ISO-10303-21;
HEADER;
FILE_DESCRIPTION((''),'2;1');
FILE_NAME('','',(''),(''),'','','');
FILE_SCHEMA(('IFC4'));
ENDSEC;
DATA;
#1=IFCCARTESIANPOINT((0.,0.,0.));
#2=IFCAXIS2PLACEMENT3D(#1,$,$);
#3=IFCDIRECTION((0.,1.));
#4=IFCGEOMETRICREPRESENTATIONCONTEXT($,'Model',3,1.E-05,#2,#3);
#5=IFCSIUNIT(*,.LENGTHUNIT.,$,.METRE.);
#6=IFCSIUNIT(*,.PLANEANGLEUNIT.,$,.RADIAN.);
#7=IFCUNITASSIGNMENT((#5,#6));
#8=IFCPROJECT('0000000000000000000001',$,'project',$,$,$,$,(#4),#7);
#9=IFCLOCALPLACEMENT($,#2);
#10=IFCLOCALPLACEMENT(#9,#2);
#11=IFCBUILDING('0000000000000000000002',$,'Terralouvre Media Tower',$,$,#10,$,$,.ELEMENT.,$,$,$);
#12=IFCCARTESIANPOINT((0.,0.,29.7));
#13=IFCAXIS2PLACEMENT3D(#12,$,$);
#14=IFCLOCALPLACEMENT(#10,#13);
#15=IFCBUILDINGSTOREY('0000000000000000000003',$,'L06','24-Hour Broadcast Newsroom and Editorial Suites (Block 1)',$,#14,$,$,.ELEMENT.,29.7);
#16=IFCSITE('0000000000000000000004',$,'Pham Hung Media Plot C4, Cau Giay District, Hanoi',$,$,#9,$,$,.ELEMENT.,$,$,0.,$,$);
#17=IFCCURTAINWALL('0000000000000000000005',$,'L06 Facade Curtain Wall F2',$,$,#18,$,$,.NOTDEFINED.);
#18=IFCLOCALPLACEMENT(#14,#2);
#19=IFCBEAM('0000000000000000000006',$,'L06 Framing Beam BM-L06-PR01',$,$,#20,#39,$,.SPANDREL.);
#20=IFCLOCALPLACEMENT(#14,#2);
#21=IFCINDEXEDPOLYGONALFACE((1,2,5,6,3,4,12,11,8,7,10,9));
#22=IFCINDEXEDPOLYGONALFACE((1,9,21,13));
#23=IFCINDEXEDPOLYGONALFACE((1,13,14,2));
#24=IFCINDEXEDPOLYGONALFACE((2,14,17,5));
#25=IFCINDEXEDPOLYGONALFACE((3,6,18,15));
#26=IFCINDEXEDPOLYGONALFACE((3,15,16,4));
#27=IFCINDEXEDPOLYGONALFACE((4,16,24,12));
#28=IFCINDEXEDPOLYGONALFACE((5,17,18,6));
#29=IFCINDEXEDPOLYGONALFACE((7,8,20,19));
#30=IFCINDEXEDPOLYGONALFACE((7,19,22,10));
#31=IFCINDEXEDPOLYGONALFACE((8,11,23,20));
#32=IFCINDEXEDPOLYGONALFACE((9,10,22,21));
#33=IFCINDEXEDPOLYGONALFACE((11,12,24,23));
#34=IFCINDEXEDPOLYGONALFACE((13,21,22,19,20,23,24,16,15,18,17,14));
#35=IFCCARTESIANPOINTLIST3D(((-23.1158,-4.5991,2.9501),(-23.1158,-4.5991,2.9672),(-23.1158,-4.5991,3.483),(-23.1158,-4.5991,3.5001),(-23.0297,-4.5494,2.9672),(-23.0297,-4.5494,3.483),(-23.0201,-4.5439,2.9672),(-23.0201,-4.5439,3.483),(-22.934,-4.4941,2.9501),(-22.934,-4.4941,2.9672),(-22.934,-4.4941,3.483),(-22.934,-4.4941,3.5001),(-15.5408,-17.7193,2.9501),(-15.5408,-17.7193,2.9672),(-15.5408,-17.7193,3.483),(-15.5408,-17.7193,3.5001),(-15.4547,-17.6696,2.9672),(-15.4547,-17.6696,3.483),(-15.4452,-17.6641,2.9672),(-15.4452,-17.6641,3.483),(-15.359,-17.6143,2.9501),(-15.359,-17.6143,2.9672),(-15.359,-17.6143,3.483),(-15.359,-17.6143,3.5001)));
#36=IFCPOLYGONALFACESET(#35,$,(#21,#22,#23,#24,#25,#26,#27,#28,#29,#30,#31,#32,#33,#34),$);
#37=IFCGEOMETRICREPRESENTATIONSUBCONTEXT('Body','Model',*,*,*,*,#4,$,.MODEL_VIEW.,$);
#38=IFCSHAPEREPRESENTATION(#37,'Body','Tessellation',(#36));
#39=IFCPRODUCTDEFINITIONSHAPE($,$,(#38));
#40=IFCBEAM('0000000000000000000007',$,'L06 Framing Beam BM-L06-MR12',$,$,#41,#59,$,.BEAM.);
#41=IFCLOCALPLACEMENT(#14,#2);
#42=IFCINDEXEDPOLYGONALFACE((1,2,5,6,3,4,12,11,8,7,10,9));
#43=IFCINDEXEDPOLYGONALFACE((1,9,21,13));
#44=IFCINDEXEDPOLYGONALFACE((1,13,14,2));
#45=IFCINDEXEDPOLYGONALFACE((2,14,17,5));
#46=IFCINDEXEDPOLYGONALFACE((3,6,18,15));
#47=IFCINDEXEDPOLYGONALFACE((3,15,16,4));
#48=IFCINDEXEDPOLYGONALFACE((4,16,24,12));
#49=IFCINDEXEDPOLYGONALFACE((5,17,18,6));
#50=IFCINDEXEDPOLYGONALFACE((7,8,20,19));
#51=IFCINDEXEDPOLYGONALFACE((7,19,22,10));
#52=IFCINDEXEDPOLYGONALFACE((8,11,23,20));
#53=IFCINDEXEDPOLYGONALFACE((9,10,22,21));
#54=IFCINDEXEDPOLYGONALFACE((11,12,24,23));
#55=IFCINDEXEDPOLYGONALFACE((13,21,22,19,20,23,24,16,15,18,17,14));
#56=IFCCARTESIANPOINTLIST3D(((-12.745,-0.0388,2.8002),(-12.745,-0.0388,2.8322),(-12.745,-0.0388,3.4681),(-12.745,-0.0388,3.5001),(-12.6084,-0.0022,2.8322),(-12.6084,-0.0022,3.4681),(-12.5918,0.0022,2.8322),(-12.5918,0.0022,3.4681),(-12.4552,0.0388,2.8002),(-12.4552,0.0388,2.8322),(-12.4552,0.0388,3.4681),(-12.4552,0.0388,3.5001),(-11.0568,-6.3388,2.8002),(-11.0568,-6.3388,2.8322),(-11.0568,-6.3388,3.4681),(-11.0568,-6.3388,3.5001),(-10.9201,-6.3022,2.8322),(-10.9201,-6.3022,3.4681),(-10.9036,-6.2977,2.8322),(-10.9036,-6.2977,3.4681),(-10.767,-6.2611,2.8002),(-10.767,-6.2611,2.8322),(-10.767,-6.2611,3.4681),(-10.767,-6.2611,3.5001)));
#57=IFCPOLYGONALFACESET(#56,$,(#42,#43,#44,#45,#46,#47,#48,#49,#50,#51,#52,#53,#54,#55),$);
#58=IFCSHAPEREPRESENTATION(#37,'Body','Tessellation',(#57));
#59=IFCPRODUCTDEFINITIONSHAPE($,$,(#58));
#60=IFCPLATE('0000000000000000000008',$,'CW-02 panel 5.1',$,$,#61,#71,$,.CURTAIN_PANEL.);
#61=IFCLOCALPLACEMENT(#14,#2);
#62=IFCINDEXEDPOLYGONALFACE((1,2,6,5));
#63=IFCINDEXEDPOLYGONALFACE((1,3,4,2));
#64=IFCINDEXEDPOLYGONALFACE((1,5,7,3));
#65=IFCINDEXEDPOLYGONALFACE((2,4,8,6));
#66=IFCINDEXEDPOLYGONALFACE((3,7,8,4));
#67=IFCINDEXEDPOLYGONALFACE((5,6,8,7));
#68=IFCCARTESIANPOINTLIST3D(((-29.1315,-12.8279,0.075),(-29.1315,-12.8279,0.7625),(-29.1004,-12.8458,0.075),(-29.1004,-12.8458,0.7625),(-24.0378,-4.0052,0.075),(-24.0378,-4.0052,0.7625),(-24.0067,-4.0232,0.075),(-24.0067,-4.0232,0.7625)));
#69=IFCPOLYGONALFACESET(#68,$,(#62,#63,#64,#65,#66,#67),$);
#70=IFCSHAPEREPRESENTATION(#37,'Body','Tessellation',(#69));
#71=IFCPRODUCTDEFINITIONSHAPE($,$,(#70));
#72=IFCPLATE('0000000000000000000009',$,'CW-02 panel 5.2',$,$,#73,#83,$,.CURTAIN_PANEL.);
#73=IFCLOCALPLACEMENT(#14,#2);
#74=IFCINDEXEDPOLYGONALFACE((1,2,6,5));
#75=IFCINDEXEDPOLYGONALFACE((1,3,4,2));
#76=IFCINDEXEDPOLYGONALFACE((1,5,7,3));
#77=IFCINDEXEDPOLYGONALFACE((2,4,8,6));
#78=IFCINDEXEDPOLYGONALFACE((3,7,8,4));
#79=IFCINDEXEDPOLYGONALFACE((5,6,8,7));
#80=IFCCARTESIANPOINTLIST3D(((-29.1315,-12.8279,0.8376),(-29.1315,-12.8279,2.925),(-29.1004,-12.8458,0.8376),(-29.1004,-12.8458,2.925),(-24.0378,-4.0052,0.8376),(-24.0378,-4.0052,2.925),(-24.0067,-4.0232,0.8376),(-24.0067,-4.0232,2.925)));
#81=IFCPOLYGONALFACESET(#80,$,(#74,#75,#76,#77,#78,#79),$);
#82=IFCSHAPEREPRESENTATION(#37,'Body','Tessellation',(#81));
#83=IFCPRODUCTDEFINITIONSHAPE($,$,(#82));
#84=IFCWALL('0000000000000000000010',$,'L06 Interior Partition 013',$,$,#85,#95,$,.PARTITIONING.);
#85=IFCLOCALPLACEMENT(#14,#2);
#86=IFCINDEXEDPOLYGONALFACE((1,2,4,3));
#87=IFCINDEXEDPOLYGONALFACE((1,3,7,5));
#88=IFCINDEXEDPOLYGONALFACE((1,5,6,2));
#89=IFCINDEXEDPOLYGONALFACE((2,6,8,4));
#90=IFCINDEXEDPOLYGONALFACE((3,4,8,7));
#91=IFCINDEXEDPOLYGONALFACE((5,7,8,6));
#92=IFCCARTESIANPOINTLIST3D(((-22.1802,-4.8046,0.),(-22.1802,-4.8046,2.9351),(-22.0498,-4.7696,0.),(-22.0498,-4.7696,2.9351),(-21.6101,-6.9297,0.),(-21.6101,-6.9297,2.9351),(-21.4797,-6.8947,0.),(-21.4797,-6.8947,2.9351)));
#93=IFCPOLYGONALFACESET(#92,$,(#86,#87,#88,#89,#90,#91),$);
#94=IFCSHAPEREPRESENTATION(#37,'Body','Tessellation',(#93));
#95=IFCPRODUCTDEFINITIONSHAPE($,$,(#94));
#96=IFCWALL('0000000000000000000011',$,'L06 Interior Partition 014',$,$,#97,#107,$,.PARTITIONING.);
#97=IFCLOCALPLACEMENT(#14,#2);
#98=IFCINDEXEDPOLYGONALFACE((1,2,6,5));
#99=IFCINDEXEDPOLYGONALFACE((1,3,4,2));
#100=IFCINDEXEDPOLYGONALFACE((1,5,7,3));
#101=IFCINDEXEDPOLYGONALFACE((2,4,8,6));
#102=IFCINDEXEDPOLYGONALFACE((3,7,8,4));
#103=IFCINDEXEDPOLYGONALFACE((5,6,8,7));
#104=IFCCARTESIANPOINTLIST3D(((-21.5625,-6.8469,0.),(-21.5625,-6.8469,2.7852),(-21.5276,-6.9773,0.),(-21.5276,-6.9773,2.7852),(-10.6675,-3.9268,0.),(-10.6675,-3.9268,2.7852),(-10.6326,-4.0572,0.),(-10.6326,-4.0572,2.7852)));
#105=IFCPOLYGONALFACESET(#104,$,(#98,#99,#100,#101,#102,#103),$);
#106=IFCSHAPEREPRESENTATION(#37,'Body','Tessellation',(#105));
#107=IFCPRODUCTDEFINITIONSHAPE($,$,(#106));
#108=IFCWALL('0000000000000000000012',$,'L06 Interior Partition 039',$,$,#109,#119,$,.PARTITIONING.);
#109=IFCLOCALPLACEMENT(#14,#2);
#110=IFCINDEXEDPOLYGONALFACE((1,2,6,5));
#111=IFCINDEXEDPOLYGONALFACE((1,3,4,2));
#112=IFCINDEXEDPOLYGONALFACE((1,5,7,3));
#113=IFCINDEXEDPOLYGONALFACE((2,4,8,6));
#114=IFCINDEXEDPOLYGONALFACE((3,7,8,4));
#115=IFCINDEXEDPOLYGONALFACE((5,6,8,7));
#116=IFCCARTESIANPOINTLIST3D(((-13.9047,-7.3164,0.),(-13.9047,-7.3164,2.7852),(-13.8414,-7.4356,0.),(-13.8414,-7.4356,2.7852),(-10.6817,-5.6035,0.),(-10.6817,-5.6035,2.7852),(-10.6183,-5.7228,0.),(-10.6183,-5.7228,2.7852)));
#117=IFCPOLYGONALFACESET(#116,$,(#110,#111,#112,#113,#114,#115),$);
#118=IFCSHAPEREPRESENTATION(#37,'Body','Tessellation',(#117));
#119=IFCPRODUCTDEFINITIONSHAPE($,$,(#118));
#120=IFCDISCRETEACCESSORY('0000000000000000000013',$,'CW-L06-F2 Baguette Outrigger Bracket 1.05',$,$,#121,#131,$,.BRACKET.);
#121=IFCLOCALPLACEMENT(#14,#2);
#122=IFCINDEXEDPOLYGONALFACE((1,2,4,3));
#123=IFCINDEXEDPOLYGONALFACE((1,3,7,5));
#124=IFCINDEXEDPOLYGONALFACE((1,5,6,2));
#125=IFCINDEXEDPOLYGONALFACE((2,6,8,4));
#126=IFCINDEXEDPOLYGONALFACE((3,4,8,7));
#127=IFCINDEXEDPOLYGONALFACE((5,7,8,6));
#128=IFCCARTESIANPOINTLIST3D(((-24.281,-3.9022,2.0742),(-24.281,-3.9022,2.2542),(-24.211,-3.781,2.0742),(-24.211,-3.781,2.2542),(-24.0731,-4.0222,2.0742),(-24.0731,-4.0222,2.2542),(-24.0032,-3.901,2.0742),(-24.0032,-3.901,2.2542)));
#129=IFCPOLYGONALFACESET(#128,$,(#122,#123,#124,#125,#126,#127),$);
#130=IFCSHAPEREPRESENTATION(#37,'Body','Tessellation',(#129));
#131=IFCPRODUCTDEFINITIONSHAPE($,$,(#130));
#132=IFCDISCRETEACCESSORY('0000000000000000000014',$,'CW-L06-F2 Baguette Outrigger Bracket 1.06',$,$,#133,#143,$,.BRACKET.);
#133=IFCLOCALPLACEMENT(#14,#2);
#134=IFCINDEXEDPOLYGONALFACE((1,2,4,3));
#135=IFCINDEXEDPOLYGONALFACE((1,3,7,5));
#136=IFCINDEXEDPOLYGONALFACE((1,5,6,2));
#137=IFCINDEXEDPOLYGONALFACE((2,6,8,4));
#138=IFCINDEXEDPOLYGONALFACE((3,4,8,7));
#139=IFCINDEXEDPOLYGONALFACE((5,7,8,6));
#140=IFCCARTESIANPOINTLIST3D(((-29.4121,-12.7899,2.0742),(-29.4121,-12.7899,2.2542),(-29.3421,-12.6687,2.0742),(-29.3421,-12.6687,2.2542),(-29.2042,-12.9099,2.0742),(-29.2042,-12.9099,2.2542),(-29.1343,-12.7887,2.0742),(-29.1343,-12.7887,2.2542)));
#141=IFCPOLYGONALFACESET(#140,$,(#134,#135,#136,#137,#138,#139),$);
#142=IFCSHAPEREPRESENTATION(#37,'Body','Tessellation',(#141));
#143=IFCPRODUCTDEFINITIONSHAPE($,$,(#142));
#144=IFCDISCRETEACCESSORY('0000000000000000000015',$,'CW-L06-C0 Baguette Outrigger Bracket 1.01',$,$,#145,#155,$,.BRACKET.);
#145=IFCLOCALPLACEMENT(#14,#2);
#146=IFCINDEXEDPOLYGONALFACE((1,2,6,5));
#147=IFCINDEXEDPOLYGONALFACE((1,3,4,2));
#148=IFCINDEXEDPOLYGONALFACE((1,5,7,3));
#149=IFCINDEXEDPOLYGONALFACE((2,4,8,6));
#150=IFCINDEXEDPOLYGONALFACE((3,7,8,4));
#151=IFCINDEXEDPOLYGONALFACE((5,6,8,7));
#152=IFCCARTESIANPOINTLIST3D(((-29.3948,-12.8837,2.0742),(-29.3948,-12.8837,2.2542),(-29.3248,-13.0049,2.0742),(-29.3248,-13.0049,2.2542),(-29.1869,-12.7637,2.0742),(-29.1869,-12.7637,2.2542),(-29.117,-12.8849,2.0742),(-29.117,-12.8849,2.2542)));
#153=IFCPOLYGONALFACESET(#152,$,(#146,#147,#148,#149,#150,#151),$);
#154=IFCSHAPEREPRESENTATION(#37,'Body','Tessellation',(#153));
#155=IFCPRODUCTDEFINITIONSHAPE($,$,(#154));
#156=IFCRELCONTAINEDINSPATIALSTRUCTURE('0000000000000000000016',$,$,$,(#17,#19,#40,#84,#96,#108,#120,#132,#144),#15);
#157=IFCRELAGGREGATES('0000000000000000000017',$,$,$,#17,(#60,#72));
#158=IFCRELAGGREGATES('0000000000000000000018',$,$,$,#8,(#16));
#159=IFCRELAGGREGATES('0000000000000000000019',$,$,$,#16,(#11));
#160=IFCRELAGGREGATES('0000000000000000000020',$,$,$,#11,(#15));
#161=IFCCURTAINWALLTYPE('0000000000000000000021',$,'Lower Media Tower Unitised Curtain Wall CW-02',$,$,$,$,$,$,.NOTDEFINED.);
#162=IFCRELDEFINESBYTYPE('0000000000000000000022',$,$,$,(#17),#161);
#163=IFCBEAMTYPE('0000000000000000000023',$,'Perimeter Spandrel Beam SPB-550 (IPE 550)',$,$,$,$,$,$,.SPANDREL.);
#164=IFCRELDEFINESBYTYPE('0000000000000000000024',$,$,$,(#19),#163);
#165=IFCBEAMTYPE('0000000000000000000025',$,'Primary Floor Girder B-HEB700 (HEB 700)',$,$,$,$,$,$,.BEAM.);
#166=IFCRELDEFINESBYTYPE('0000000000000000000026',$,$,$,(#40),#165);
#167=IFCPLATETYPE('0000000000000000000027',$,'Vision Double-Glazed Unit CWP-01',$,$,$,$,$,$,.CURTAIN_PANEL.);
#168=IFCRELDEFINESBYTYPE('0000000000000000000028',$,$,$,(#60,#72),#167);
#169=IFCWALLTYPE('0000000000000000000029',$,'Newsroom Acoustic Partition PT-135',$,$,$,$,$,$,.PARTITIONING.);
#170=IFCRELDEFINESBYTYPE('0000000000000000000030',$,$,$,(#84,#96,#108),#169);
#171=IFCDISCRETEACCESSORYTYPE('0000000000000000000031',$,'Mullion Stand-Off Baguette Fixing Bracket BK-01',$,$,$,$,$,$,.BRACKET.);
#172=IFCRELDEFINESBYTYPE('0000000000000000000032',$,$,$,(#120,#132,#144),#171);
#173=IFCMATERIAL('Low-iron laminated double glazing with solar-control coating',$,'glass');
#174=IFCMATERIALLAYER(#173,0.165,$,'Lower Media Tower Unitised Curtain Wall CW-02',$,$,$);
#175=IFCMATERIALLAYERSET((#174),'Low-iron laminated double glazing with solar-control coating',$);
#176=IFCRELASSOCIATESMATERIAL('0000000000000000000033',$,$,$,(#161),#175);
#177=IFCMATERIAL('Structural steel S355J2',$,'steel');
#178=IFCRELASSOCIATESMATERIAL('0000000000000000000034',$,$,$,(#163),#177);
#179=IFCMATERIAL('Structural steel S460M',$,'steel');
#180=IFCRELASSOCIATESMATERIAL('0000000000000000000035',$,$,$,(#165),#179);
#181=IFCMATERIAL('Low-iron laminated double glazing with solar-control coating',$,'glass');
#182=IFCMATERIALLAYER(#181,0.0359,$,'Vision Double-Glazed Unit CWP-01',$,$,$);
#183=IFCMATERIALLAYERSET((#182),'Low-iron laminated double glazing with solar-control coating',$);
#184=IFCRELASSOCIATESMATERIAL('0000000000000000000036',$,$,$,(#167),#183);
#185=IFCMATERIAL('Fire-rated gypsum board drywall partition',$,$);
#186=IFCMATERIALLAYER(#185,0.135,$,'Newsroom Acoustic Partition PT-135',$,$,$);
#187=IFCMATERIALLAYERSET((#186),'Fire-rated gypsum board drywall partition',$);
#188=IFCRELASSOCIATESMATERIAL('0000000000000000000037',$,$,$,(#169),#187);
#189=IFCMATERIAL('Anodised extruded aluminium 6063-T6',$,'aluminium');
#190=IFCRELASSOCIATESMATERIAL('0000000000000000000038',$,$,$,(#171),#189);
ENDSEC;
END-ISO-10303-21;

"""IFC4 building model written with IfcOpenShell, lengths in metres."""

from ifc_helpers import new_model, si_unit, direction, frame, frame_2d, origin, origin_2d, place, context, subcontext, project, spatial, rectangle, i_section, extrude, material, layer, layer_set, material_profile, profile_set, type_object, element, aggregate, save


model = new_model("IFC4")

# Units and contexts
model_context = context("Model", 3, precision=1e-05, world=origin(), true_north=direction((0.0, 1.0)))
body_context = subcontext(model_context, "Body", "Model", "MODEL_VIEW")
ifc_project = project(units=[si_unit("LENGTHUNIT", "METRE"), si_unit("PLANEANGLEUNIT", "RADIAN")], contexts=[model_context])

# Site, building, storey
site_placement = place(None, origin())
site = spatial("IfcSite", under=ifc_project, at=site_placement, Name="Pham Hung Media Plot C4, Cau Giay District, Hanoi", CompositionType="ELEMENT", RefElevation=0.0)
building_placement = place(site_placement, origin())
building = spatial("IfcBuilding", under=site, at=building_placement, Name="Terralouvre Media Tower", CompositionType="ELEMENT")
storey_placement = place(building_placement, frame((0.0, 0.0, 29.7)))
storey = spatial("IfcBuildingStorey", under=building, at=storey_placement, Name="L06", Description="24-Hour Broadcast Newsroom and Editorial Suites (Block 1)", CompositionType="ELEMENT", Elevation=29.7)

# Curtain wall
ifc_material_1 = material(Name="Low-iron laminated double glazing with solar-control coating", Category="glass")
ifc_layer_1 = layer(ifc_material_1, 0.165, Name="Lower Media Tower Unitised Curtain Wall CW-02")
ifc_layer_set_1 = layer_set([ifc_layer_1], Name="Low-iron laminated double glazing with solar-control coating")
curtain_wall_type_1 = type_object("IfcCurtainWallType", Name="Lower Media Tower Unitised Curtain Wall CW-02", PredefinedType="NOTDEFINED", material=ifc_layer_set_1)
curtain_wall_1_placement = place(storey_placement, origin())
curtain_wall_1 = element("IfcCurtainWall", 1, at=curtain_wall_1_placement, inside=storey, type_object=curtain_wall_type_1, Name="L06 Facade Curtain Wall F2", PredefinedType="NOTDEFINED")

# Beams
ifc_material_2 = material(Name="Structural steel S355J2", Category="steel")
ifc_material_profile_1 = material_profile(ifc_material_2, i_section(OverallWidth=0.21, OverallDepth=0.55, WebThickness=0.011, FlangeThickness=0.0171, at=origin_2d()), Name="IPE 550")
ifc_profile_set_1 = profile_set([ifc_material_profile_1], Name="Structural steel S355J2")
beam_type_1 = type_object("IfcBeamType", Name="Perimeter Spandrel Beam SPB-550 (IPE 550)", PredefinedType="SPANDREL", material=ifc_profile_set_1)
beam_1_placement = place(storey_placement, frame((-23.0249, -4.5466, 3.2251), z_axis=(0.500002, -0.866024, 0.0), x_axis=(0.866024, 0.500002, 0.0)))
element("IfcBeam", 2, at=beam_1_placement, inside=storey, type_object=beam_type_1, Name="L06 Framing Beam BM-L06-PR01", PredefinedType="SPANDREL", context=body_context, shape_type="SweptSolid", body=[
    extrude(i_section(OverallWidth=0.21, OverallDepth=0.55, WebThickness=0.011, FlangeThickness=0.0171, at=origin_2d()), origin(), (0.0, 0.0, 1.0), 15.1499),
])
ifc_material_3 = material(Name="Structural steel S460M", Category="steel")
ifc_material_profile_2 = material_profile(ifc_material_3, i_section(OverallWidth=0.3, OverallDepth=0.7, WebThickness=0.0171, FlangeThickness=0.032, at=origin_2d()), Name="HEB 700")
ifc_profile_set_2 = profile_set([ifc_material_profile_2], Name="Structural steel S460M")
beam_type_2 = type_object("IfcBeamType", Name="Primary Floor Girder B-HEB700 (HEB 700)", PredefinedType="BEAM", material=ifc_profile_set_2)
beam_2_placement = place(storey_placement, frame((-12.6001, 0.0, 3.1501), z_axis=(0.258839, -0.96592, 0.0), x_axis=(0.96592, 0.258839, 0.0)))
element("IfcBeam", 3, at=beam_2_placement, inside=storey, type_object=beam_type_2, Name="L06 Framing Beam BM-L06-MR12", PredefinedType="BEAM", context=body_context, shape_type="SweptSolid", body=[
    extrude(i_section(OverallWidth=0.3, OverallDepth=0.7, WebThickness=0.0171, FlangeThickness=0.032, at=origin_2d()), origin(), (0.0, 0.0, 1.0), 6.5222),
])

# Plates
ifc_material_4 = material(Name="Low-iron laminated double glazing with solar-control coating", Category="glass")
ifc_layer_2 = layer(ifc_material_4, 0.0359, Name="Vision Double-Glazed Unit CWP-01")
ifc_layer_set_2 = layer_set([ifc_layer_2], Name="Low-iron laminated double glazing with solar-control coating")
plate_type = type_object("IfcPlateType", Name="Vision Double-Glazed Unit CWP-01", PredefinedType="CURTAIN_PANEL", material=ifc_layer_set_2)
plate_1_placement = place(storey_placement, frame((-26.5691, -8.4255, 0.075), z_axis=(0.0, 0.0, 1.0), x_axis=(-0.5, -0.866025, 0.0)))
plate_1 = element("IfcPlate", 4, at=plate_1_placement, type_object=plate_type, Name="CW-02 panel 5.1", PredefinedType="CURTAIN_PANEL", context=body_context, shape_type="SweptSolid", body=[
    extrude(rectangle(XDim=10.1875, YDim=0.0359, at=origin_2d()), origin(), (0.0, 0.0, 1.0), 0.6875),
])
plate_2_placement = place(storey_placement, frame((-26.5691, -8.4255, 0.8376), z_axis=(0.0, 0.0, 1.0), x_axis=(-0.5, -0.866025, 0.0)))
plate_2 = element("IfcPlate", 5, at=plate_2_placement, type_object=plate_type, Name="CW-02 panel 5.2", PredefinedType="CURTAIN_PANEL", context=body_context, shape_type="SweptSolid", body=[
    extrude(rectangle(XDim=10.1875, YDim=0.0359, at=origin_2d()), origin(), (0.0, 0.0, 1.0), 2.0874),
])
aggregate(curtain_wall_1, [plate_1, plate_2])

# Walls
ifc_material_5 = material(Name="Fire-rated gypsum board drywall partition")
ifc_layer_3 = layer(ifc_material_5, 0.135, Name="Newsroom Acoustic Partition PT-135")
ifc_layer_set_3 = layer_set([ifc_layer_3], Name="Fire-rated gypsum board drywall partition")
wall_type = type_object("IfcWallType", Name="Newsroom Acoustic Partition PT-135", PredefinedType="PARTITIONING", material=ifc_layer_set_3)
wall_1_placement = place(storey_placement, frame((-22.115, -4.7871, 0.0), z_axis=(0.0, 0.0, 1.0), x_axis=(0.259106, -0.965849, 0.0)))
element("IfcWall", 6, at=wall_1_placement, inside=storey, type_object=wall_type, Name="L06 Interior Partition 013", PredefinedType="PARTITIONING", context=body_context, shape_type="SweptSolid", body=[
    extrude(rectangle(XDim=2.2002, YDim=0.135, at=frame_2d((1.1001, 0.0))), origin(), (0.0, 0.0, 1.0), 2.9351),
])
wall_2_placement = place(storey_placement, frame((-21.5449, -6.9121, 0.0), z_axis=(0.0, 0.0, 1.0), x_axis=(0.965907, 0.25889, 0.0)))
element("IfcWall", 7, at=wall_2_placement, inside=storey, type_object=wall_type, Name="L06 Interior Partition 014", PredefinedType="PARTITIONING", context=body_context, shape_type="SweptSolid", body=[
    extrude(rectangle(XDim=11.2795, YDim=0.135, at=frame_2d((5.6396, 0.0))), origin(), (0.0, 0.0, 1.0), 2.7852),
])
wall_3_placement = place(storey_placement, frame((-13.873, -7.376, 0.0), z_axis=(0.0, 0.0, 1.0), x_axis=(0.883048, 0.469282, 0.0)))
element("IfcWall", 8, at=wall_3_placement, inside=storey, type_object=wall_type, Name="L06 Interior Partition 039", PredefinedType="PARTITIONING", context=body_context, shape_type="SweptSolid", body=[
    extrude(rectangle(XDim=3.6499, YDim=0.135, at=frame_2d((1.825, 0.0))), origin(), (0.0, 0.0, 1.0), 2.7852),
])

# Discrete accessories
ifc_material_6 = material(Name="Anodised extruded aluminium 6063-T6", Category="aluminium")
discrete_accessory_type = type_object("IfcDiscreteAccessoryType", Name="Mullion Stand-Off Baguette Fixing Bracket BK-01", PredefinedType="BRACKET", material=ifc_material_6)
for number, where, z_axis, x_axis, name in (
    (9, (-24.1421, -3.9016, 2.0742), (0.0, 0.0, 1.0), (-0.5, -0.866025, 0.0), "CW-L06-F2 Baguette Outrigger Bracket 1.05"),
    (10, (-29.2732, -12.7893, 2.0742), (0.0, 0.0, 1.0), (-0.5, -0.866025, 0.0), "CW-L06-F2 Baguette Outrigger Bracket 1.06"),
    (11, (-29.2559, -12.8843, 2.0742), (0.0, 0.0, 1.0), (0.5, -0.866026, 0.0), "CW-L06-C0 Baguette Outrigger Bracket 1.01"),
):
    element("IfcDiscreteAccessory", number, at=place(storey_placement, frame(where, z_axis=z_axis, x_axis=x_axis)), inside=storey, type_object=discrete_accessory_type, Name=name, PredefinedType="BRACKET", context=body_context, shape_type="SweptSolid", body=[
        extrude(rectangle(XDim=0.1399, YDim=0.24, at=origin_2d()), origin(), (0.0, 0.0, 1.0), 0.1799),
    ])

save(model, "model.ifc")
